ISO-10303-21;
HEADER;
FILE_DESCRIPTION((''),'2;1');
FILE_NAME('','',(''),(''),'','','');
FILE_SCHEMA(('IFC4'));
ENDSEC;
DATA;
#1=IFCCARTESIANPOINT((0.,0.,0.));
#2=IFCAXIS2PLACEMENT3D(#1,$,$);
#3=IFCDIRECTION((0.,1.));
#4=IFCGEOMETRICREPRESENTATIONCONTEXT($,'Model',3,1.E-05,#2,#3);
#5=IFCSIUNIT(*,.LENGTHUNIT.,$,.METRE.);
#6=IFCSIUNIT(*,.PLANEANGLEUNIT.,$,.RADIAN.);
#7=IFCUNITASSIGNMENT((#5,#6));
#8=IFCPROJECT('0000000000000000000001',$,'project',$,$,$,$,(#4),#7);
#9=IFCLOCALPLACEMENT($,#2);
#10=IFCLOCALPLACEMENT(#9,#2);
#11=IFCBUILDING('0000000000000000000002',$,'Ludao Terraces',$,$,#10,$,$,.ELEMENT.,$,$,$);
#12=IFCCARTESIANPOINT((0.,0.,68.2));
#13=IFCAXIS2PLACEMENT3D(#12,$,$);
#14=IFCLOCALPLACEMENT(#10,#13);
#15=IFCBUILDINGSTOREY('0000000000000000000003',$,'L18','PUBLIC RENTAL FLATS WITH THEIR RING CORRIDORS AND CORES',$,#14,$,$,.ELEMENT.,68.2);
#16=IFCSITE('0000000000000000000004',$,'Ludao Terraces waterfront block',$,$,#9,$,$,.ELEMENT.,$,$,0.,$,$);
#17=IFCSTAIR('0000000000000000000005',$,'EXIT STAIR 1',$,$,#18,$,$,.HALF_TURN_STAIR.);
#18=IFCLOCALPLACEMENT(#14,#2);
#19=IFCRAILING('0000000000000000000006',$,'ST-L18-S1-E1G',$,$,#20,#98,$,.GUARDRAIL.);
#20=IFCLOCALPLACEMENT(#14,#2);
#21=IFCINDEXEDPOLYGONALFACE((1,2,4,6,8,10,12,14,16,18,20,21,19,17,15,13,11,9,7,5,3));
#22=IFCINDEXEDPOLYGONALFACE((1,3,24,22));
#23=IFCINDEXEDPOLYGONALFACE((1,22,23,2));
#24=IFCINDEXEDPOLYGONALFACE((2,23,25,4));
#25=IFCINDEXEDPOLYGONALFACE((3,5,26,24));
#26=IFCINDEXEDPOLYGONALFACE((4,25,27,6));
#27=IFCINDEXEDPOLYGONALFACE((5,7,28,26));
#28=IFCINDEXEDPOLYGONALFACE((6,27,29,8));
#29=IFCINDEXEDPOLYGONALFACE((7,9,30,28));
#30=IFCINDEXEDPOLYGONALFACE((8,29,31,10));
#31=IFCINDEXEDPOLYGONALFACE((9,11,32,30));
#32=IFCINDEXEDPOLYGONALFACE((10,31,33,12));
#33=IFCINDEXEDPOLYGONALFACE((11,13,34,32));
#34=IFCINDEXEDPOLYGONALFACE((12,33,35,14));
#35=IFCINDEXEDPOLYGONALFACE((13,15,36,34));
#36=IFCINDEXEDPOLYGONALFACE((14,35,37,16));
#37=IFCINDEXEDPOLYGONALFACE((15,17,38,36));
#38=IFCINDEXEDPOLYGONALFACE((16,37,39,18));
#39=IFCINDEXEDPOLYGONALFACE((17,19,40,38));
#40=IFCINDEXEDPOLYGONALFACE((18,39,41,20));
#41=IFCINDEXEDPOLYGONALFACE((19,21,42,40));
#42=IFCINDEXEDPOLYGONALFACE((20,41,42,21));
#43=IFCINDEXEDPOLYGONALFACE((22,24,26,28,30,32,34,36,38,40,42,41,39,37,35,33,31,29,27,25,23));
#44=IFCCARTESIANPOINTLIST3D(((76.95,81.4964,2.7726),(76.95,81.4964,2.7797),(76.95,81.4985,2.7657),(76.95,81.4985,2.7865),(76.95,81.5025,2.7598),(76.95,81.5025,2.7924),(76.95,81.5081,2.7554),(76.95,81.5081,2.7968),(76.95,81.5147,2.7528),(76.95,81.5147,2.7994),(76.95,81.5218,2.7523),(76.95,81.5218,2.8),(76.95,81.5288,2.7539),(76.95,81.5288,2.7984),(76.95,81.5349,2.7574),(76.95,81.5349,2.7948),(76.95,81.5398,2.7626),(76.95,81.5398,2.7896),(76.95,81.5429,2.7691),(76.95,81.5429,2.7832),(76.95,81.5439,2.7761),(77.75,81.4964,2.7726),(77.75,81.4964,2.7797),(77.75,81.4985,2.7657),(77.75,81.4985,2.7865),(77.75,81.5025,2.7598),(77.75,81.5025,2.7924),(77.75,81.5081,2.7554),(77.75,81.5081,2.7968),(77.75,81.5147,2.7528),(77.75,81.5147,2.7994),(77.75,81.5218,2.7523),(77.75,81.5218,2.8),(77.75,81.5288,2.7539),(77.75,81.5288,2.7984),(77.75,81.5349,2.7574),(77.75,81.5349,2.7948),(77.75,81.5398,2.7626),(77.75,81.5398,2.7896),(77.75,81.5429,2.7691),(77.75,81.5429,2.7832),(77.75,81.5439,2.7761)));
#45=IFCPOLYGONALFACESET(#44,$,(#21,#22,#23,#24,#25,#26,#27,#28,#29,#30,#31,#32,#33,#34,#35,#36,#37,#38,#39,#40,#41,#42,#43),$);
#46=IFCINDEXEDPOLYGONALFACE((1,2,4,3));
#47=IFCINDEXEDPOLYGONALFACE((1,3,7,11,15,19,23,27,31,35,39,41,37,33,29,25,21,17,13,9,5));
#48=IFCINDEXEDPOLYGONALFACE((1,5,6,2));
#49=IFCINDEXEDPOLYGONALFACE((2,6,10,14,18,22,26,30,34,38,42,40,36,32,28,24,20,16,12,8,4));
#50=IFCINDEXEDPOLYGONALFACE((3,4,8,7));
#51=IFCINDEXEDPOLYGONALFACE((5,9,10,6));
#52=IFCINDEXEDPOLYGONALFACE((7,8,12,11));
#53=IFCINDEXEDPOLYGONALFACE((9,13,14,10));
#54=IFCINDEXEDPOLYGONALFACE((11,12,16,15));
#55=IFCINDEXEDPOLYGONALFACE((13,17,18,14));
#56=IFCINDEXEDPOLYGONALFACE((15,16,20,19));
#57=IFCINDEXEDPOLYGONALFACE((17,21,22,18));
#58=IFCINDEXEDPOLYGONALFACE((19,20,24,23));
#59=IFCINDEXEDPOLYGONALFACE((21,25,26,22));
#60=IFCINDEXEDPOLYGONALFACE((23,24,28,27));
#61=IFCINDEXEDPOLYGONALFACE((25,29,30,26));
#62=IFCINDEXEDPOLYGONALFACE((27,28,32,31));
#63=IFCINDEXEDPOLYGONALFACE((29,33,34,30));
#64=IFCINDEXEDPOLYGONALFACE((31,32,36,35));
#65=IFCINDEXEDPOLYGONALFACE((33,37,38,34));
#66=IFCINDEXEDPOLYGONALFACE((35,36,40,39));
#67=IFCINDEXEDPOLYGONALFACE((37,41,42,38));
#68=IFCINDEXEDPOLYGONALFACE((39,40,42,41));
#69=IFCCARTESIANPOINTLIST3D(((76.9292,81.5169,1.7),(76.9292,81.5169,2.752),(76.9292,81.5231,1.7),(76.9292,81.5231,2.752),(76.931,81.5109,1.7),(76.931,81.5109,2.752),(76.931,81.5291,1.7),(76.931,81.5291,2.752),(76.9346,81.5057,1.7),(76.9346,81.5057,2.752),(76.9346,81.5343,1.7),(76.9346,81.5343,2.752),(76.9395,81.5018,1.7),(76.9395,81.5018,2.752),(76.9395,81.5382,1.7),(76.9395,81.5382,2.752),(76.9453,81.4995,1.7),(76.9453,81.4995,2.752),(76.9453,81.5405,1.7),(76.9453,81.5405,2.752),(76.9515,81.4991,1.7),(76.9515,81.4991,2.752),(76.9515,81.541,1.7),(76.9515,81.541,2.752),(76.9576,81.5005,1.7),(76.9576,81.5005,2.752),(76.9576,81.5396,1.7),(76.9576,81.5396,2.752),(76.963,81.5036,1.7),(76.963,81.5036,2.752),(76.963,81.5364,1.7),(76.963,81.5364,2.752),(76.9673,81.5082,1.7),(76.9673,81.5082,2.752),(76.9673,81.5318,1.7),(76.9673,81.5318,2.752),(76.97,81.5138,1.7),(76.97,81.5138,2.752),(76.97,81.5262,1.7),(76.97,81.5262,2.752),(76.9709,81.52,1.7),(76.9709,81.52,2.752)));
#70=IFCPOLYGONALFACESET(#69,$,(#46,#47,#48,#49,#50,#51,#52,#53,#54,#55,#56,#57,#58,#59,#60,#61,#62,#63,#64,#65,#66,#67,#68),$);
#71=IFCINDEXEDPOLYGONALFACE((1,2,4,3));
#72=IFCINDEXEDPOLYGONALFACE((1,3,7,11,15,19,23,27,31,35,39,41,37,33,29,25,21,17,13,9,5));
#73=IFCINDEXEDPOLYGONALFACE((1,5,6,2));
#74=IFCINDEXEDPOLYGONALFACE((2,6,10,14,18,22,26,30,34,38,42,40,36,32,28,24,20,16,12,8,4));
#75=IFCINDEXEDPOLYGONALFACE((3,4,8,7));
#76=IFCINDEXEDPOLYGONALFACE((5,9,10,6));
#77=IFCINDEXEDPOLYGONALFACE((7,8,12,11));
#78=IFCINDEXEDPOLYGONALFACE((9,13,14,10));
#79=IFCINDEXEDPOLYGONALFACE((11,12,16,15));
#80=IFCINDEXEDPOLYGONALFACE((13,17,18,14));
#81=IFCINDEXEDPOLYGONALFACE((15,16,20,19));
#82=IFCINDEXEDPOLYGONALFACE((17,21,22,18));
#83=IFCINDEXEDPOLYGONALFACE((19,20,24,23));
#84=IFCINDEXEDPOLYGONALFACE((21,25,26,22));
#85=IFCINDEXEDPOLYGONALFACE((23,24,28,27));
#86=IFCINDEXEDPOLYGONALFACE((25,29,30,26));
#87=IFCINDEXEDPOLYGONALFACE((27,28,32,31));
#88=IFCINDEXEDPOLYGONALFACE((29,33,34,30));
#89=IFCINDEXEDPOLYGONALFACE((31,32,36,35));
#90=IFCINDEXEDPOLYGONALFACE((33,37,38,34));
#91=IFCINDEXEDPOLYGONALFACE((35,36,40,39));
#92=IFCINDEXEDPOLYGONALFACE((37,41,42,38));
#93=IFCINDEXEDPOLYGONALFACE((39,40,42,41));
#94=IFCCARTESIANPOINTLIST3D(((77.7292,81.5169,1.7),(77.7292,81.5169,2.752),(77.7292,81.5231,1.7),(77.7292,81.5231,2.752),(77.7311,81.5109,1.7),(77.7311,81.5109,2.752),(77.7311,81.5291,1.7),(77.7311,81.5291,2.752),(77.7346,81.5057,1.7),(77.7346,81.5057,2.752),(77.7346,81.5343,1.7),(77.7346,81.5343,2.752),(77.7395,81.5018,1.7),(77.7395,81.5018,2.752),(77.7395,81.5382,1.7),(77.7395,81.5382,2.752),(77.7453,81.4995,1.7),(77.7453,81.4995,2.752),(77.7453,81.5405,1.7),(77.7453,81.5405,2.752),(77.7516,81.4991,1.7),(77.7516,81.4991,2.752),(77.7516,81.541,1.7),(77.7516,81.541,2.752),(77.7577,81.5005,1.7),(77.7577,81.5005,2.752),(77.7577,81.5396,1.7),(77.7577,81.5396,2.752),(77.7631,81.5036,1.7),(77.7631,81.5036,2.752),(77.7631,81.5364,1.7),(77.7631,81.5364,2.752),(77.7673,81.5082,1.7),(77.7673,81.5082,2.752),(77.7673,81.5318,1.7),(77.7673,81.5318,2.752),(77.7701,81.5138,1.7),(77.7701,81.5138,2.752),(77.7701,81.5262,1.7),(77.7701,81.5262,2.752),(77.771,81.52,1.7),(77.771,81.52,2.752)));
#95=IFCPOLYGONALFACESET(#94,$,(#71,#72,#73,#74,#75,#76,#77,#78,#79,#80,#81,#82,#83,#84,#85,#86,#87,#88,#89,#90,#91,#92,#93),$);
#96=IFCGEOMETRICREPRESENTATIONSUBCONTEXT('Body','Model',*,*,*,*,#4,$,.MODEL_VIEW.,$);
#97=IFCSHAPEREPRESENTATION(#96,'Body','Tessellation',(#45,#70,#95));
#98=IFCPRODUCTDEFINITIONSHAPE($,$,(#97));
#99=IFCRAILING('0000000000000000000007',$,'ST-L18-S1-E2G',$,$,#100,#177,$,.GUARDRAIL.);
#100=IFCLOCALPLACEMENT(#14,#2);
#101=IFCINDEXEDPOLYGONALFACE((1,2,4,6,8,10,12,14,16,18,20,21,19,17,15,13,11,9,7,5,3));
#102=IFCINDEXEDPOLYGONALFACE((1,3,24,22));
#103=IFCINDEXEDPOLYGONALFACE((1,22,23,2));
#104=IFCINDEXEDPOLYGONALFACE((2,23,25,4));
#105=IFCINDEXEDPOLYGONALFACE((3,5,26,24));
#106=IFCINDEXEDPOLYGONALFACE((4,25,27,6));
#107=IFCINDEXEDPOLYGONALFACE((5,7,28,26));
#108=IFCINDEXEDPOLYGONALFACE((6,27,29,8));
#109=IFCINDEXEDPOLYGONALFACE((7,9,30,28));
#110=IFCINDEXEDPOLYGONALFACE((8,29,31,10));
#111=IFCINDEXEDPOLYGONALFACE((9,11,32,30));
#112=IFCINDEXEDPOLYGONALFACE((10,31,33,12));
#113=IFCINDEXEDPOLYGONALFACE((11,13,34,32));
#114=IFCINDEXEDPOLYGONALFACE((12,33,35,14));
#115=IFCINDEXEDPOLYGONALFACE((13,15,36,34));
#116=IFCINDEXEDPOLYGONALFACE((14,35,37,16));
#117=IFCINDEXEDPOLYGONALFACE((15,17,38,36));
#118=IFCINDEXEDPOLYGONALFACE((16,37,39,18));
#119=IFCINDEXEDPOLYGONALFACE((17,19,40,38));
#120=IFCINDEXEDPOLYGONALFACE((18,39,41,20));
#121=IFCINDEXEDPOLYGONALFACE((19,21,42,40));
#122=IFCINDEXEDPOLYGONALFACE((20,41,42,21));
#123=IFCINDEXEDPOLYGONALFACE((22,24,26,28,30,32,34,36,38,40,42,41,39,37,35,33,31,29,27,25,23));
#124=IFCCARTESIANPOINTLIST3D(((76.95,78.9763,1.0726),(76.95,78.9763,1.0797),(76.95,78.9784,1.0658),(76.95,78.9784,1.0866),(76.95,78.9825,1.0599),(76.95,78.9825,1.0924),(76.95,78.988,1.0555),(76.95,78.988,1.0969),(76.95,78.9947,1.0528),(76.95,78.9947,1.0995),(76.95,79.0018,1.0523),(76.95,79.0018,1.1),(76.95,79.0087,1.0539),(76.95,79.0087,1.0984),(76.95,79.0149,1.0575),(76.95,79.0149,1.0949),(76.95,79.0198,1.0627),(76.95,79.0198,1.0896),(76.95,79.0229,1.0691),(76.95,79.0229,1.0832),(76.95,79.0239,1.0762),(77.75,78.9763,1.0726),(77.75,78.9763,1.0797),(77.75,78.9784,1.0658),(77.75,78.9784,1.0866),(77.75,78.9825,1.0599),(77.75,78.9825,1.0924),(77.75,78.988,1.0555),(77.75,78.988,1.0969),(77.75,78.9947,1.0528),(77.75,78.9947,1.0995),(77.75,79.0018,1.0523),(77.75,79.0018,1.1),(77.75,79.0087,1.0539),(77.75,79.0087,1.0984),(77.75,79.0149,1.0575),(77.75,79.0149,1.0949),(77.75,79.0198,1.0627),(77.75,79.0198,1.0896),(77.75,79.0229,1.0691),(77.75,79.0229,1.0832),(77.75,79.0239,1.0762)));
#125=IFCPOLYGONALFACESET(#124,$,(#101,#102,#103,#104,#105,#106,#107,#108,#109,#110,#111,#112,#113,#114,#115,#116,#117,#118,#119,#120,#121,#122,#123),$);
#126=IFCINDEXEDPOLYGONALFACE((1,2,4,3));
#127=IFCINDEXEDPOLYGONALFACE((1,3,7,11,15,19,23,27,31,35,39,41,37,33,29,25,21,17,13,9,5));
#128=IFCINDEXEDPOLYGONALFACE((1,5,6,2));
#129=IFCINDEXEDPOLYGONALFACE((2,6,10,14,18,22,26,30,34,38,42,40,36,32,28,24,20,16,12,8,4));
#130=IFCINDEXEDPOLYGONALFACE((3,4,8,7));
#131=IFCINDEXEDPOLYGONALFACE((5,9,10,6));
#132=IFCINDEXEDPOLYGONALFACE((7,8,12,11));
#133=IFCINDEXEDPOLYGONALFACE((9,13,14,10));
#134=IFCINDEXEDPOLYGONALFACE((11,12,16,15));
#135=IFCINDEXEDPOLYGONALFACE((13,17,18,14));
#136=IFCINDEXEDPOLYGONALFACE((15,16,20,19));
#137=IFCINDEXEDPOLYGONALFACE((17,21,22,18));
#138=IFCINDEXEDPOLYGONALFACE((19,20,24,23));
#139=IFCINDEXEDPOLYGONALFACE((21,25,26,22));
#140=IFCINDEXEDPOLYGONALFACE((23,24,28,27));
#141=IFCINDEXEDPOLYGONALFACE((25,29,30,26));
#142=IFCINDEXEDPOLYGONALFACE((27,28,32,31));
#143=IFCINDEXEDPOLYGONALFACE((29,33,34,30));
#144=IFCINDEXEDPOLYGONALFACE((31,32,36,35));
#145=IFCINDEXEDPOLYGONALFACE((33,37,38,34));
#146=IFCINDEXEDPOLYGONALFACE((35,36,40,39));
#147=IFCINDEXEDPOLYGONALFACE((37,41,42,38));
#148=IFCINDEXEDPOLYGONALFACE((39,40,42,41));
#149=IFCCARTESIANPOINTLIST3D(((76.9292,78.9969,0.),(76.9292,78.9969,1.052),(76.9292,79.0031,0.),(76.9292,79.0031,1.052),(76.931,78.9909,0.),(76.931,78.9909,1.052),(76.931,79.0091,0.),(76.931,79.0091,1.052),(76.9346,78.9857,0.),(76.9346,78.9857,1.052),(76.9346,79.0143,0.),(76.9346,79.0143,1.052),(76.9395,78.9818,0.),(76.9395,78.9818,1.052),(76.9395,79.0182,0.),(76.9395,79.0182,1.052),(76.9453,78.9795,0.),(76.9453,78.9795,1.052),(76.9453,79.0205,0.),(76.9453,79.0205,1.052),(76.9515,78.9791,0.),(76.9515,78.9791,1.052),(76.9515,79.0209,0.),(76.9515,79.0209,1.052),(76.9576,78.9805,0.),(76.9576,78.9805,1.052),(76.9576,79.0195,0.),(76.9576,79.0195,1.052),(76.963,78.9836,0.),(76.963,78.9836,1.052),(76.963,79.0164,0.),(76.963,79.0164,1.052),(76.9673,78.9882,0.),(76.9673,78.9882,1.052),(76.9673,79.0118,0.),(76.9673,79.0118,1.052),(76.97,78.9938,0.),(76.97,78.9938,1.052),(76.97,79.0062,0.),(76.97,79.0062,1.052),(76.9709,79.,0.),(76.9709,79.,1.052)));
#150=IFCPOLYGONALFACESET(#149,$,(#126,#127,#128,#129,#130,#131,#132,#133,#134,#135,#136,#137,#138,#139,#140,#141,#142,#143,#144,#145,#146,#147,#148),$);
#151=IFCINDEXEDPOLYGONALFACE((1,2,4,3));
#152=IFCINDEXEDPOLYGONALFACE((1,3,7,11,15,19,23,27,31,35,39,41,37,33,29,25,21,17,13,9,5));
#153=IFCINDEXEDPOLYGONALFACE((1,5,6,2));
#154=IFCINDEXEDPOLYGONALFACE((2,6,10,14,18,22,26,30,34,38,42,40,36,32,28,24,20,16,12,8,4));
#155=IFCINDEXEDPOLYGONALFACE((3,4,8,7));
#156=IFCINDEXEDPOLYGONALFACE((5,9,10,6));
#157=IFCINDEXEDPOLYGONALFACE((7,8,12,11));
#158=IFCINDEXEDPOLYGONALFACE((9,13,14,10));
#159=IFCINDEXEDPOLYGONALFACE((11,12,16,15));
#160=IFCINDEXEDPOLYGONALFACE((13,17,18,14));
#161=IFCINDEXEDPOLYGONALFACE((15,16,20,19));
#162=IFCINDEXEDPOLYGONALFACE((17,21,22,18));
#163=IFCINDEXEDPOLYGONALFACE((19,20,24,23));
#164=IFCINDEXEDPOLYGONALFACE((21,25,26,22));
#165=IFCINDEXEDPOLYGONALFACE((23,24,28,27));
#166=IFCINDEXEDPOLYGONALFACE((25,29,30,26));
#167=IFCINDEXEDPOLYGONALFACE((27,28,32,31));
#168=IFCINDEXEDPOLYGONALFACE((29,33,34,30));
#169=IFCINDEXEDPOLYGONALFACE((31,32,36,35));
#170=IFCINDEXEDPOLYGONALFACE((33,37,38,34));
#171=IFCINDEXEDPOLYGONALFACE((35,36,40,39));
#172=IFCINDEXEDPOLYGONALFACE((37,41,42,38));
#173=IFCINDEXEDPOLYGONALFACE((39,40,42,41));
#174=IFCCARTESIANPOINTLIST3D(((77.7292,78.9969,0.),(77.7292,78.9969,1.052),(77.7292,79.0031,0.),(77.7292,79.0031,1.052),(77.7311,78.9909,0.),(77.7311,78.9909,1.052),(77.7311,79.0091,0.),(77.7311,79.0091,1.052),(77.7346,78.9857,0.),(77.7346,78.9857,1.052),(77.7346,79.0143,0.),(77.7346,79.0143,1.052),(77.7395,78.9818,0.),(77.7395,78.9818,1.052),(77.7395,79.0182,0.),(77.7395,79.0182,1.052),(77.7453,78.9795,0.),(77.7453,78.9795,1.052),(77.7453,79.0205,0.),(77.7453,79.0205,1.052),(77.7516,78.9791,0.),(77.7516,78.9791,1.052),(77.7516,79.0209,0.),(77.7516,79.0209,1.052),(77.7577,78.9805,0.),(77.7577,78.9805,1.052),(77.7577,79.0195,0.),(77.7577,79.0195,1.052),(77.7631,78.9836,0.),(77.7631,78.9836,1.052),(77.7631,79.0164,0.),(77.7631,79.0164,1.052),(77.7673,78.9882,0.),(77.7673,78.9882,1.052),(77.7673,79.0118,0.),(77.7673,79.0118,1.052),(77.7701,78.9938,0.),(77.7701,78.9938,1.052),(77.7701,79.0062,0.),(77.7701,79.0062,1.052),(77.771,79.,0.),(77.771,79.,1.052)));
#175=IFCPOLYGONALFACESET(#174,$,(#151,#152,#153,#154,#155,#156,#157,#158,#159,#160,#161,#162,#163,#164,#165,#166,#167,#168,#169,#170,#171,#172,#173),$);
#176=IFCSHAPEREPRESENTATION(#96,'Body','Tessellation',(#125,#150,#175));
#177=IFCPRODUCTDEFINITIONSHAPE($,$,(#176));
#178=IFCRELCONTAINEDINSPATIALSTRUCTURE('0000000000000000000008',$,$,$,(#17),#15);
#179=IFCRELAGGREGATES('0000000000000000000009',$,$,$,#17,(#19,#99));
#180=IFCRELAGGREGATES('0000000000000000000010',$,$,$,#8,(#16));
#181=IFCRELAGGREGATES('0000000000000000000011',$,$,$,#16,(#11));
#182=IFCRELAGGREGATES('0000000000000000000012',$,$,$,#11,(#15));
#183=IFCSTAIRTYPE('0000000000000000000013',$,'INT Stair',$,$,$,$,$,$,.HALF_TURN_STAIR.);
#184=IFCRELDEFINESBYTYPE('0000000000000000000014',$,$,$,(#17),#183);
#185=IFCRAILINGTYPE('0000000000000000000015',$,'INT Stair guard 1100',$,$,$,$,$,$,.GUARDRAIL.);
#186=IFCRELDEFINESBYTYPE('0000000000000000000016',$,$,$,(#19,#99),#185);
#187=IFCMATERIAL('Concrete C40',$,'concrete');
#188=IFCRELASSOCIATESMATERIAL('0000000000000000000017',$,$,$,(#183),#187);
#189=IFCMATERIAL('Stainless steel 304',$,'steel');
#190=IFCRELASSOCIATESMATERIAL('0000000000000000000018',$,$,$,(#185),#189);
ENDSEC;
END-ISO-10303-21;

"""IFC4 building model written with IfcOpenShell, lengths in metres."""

from ifc_helpers import new_model, si_unit, direction, frame, origin, origin_2d, place, context, subcontext, project, spatial, circle, extrude, material, type_object, element, aggregate, save


model = new_model("IFC4")

# Units and contexts
model_context = context("Model", 3, precision=1e-05, world=origin(), true_north=direction((0.0, 1.0)))
body_context = subcontext(model_context, "Body", "Model", "MODEL_VIEW")
ifc_project = project(units=[si_unit("LENGTHUNIT", "METRE"), si_unit("PLANEANGLEUNIT", "RADIAN")], contexts=[model_context])

# Site, building, storey
site_placement = place(None, origin())
site = spatial("IfcSite", under=ifc_project, at=site_placement, Name="Ludao Terraces waterfront block", CompositionType="ELEMENT", RefElevation=0.0)
building_placement = place(site_placement, origin())
building = spatial("IfcBuilding", under=site, at=building_placement, Name="Ludao Terraces", CompositionType="ELEMENT")
storey_placement = place(building_placement, frame((0.0, 0.0, 68.2)))
storey = spatial("IfcBuildingStorey", under=building, at=storey_placement, Name="L18", Description="PUBLIC RENTAL FLATS WITH THEIR RING CORRIDORS AND CORES", CompositionType="ELEMENT", Elevation=68.2)

# Stair, railings
ifc_material_1 = material(Name="Concrete C40", Category="concrete")
stair_type = type_object("IfcStairType", Name="INT Stair", PredefinedType="HALF_TURN_STAIR", material=ifc_material_1)
stair_placement = place(storey_placement, origin())
stair = element("IfcStair", 1, at=stair_placement, inside=storey, type_object=stair_type, Name="EXIT STAIR 1", PredefinedType="HALF_TURN_STAIR")
ifc_material_2 = material(Name="Stainless steel 304", Category="steel")
railing_type_1 = type_object("IfcRailingType", Name="INT Stair guard 1100", PredefinedType="GUARDRAIL", material=ifc_material_2)
railing_1_placement = place(storey_placement, frame((76.95, 81.52, 1.7)))
railing_1 = element("IfcRailing", 2, at=railing_1_placement, type_object=railing_type_1, Name="ST-L18-S1-E1G", PredefinedType="GUARDRAIL", context=body_context, shape_type="SweptSolid", body=[
    extrude(circle(Radius=0.0239, at=origin_2d()), frame((0.0, 0.0, 1.0762), z_axis=(1.0, 0.0, 0.0), x_axis=(0.0, 1.0, 0.0)), (0.0, 0.0, 1.0), 0.8),
    extrude(circle(Radius=0.021, at=origin_2d()), origin(), (0.0, 0.0, 1.0), 1.052),
    extrude(circle(Radius=0.021, at=origin_2d()), frame((0.8, 0.0, 0.0)), (0.0, 0.0, 1.0), 1.052),
])
railing_2_placement = place(storey_placement, frame((76.95, 79.0, 0.0)))
railing_2 = element("IfcRailing", 3, at=railing_2_placement, type_object=railing_type_1, Name="ST-L18-S1-E2G", PredefinedType="GUARDRAIL", context=body_context, shape_type="SweptSolid", body=[
    extrude(circle(Radius=0.0239, at=origin_2d()), frame((0.0, 0.0, 1.0762), z_axis=(1.0, 0.0, 0.0), x_axis=(0.0, 1.0, 0.0)), (0.0, 0.0, 1.0), 0.8),
    extrude(circle(Radius=0.021, at=origin_2d()), origin(), (0.0, 0.0, 1.0), 1.052),
    extrude(circle(Radius=0.021, at=origin_2d()), frame((0.8, 0.0, 0.0)), (0.0, 0.0, 1.0), 1.052),
])
aggregate(stair, [railing_1, railing_2])

save(model, "model.ifc")
